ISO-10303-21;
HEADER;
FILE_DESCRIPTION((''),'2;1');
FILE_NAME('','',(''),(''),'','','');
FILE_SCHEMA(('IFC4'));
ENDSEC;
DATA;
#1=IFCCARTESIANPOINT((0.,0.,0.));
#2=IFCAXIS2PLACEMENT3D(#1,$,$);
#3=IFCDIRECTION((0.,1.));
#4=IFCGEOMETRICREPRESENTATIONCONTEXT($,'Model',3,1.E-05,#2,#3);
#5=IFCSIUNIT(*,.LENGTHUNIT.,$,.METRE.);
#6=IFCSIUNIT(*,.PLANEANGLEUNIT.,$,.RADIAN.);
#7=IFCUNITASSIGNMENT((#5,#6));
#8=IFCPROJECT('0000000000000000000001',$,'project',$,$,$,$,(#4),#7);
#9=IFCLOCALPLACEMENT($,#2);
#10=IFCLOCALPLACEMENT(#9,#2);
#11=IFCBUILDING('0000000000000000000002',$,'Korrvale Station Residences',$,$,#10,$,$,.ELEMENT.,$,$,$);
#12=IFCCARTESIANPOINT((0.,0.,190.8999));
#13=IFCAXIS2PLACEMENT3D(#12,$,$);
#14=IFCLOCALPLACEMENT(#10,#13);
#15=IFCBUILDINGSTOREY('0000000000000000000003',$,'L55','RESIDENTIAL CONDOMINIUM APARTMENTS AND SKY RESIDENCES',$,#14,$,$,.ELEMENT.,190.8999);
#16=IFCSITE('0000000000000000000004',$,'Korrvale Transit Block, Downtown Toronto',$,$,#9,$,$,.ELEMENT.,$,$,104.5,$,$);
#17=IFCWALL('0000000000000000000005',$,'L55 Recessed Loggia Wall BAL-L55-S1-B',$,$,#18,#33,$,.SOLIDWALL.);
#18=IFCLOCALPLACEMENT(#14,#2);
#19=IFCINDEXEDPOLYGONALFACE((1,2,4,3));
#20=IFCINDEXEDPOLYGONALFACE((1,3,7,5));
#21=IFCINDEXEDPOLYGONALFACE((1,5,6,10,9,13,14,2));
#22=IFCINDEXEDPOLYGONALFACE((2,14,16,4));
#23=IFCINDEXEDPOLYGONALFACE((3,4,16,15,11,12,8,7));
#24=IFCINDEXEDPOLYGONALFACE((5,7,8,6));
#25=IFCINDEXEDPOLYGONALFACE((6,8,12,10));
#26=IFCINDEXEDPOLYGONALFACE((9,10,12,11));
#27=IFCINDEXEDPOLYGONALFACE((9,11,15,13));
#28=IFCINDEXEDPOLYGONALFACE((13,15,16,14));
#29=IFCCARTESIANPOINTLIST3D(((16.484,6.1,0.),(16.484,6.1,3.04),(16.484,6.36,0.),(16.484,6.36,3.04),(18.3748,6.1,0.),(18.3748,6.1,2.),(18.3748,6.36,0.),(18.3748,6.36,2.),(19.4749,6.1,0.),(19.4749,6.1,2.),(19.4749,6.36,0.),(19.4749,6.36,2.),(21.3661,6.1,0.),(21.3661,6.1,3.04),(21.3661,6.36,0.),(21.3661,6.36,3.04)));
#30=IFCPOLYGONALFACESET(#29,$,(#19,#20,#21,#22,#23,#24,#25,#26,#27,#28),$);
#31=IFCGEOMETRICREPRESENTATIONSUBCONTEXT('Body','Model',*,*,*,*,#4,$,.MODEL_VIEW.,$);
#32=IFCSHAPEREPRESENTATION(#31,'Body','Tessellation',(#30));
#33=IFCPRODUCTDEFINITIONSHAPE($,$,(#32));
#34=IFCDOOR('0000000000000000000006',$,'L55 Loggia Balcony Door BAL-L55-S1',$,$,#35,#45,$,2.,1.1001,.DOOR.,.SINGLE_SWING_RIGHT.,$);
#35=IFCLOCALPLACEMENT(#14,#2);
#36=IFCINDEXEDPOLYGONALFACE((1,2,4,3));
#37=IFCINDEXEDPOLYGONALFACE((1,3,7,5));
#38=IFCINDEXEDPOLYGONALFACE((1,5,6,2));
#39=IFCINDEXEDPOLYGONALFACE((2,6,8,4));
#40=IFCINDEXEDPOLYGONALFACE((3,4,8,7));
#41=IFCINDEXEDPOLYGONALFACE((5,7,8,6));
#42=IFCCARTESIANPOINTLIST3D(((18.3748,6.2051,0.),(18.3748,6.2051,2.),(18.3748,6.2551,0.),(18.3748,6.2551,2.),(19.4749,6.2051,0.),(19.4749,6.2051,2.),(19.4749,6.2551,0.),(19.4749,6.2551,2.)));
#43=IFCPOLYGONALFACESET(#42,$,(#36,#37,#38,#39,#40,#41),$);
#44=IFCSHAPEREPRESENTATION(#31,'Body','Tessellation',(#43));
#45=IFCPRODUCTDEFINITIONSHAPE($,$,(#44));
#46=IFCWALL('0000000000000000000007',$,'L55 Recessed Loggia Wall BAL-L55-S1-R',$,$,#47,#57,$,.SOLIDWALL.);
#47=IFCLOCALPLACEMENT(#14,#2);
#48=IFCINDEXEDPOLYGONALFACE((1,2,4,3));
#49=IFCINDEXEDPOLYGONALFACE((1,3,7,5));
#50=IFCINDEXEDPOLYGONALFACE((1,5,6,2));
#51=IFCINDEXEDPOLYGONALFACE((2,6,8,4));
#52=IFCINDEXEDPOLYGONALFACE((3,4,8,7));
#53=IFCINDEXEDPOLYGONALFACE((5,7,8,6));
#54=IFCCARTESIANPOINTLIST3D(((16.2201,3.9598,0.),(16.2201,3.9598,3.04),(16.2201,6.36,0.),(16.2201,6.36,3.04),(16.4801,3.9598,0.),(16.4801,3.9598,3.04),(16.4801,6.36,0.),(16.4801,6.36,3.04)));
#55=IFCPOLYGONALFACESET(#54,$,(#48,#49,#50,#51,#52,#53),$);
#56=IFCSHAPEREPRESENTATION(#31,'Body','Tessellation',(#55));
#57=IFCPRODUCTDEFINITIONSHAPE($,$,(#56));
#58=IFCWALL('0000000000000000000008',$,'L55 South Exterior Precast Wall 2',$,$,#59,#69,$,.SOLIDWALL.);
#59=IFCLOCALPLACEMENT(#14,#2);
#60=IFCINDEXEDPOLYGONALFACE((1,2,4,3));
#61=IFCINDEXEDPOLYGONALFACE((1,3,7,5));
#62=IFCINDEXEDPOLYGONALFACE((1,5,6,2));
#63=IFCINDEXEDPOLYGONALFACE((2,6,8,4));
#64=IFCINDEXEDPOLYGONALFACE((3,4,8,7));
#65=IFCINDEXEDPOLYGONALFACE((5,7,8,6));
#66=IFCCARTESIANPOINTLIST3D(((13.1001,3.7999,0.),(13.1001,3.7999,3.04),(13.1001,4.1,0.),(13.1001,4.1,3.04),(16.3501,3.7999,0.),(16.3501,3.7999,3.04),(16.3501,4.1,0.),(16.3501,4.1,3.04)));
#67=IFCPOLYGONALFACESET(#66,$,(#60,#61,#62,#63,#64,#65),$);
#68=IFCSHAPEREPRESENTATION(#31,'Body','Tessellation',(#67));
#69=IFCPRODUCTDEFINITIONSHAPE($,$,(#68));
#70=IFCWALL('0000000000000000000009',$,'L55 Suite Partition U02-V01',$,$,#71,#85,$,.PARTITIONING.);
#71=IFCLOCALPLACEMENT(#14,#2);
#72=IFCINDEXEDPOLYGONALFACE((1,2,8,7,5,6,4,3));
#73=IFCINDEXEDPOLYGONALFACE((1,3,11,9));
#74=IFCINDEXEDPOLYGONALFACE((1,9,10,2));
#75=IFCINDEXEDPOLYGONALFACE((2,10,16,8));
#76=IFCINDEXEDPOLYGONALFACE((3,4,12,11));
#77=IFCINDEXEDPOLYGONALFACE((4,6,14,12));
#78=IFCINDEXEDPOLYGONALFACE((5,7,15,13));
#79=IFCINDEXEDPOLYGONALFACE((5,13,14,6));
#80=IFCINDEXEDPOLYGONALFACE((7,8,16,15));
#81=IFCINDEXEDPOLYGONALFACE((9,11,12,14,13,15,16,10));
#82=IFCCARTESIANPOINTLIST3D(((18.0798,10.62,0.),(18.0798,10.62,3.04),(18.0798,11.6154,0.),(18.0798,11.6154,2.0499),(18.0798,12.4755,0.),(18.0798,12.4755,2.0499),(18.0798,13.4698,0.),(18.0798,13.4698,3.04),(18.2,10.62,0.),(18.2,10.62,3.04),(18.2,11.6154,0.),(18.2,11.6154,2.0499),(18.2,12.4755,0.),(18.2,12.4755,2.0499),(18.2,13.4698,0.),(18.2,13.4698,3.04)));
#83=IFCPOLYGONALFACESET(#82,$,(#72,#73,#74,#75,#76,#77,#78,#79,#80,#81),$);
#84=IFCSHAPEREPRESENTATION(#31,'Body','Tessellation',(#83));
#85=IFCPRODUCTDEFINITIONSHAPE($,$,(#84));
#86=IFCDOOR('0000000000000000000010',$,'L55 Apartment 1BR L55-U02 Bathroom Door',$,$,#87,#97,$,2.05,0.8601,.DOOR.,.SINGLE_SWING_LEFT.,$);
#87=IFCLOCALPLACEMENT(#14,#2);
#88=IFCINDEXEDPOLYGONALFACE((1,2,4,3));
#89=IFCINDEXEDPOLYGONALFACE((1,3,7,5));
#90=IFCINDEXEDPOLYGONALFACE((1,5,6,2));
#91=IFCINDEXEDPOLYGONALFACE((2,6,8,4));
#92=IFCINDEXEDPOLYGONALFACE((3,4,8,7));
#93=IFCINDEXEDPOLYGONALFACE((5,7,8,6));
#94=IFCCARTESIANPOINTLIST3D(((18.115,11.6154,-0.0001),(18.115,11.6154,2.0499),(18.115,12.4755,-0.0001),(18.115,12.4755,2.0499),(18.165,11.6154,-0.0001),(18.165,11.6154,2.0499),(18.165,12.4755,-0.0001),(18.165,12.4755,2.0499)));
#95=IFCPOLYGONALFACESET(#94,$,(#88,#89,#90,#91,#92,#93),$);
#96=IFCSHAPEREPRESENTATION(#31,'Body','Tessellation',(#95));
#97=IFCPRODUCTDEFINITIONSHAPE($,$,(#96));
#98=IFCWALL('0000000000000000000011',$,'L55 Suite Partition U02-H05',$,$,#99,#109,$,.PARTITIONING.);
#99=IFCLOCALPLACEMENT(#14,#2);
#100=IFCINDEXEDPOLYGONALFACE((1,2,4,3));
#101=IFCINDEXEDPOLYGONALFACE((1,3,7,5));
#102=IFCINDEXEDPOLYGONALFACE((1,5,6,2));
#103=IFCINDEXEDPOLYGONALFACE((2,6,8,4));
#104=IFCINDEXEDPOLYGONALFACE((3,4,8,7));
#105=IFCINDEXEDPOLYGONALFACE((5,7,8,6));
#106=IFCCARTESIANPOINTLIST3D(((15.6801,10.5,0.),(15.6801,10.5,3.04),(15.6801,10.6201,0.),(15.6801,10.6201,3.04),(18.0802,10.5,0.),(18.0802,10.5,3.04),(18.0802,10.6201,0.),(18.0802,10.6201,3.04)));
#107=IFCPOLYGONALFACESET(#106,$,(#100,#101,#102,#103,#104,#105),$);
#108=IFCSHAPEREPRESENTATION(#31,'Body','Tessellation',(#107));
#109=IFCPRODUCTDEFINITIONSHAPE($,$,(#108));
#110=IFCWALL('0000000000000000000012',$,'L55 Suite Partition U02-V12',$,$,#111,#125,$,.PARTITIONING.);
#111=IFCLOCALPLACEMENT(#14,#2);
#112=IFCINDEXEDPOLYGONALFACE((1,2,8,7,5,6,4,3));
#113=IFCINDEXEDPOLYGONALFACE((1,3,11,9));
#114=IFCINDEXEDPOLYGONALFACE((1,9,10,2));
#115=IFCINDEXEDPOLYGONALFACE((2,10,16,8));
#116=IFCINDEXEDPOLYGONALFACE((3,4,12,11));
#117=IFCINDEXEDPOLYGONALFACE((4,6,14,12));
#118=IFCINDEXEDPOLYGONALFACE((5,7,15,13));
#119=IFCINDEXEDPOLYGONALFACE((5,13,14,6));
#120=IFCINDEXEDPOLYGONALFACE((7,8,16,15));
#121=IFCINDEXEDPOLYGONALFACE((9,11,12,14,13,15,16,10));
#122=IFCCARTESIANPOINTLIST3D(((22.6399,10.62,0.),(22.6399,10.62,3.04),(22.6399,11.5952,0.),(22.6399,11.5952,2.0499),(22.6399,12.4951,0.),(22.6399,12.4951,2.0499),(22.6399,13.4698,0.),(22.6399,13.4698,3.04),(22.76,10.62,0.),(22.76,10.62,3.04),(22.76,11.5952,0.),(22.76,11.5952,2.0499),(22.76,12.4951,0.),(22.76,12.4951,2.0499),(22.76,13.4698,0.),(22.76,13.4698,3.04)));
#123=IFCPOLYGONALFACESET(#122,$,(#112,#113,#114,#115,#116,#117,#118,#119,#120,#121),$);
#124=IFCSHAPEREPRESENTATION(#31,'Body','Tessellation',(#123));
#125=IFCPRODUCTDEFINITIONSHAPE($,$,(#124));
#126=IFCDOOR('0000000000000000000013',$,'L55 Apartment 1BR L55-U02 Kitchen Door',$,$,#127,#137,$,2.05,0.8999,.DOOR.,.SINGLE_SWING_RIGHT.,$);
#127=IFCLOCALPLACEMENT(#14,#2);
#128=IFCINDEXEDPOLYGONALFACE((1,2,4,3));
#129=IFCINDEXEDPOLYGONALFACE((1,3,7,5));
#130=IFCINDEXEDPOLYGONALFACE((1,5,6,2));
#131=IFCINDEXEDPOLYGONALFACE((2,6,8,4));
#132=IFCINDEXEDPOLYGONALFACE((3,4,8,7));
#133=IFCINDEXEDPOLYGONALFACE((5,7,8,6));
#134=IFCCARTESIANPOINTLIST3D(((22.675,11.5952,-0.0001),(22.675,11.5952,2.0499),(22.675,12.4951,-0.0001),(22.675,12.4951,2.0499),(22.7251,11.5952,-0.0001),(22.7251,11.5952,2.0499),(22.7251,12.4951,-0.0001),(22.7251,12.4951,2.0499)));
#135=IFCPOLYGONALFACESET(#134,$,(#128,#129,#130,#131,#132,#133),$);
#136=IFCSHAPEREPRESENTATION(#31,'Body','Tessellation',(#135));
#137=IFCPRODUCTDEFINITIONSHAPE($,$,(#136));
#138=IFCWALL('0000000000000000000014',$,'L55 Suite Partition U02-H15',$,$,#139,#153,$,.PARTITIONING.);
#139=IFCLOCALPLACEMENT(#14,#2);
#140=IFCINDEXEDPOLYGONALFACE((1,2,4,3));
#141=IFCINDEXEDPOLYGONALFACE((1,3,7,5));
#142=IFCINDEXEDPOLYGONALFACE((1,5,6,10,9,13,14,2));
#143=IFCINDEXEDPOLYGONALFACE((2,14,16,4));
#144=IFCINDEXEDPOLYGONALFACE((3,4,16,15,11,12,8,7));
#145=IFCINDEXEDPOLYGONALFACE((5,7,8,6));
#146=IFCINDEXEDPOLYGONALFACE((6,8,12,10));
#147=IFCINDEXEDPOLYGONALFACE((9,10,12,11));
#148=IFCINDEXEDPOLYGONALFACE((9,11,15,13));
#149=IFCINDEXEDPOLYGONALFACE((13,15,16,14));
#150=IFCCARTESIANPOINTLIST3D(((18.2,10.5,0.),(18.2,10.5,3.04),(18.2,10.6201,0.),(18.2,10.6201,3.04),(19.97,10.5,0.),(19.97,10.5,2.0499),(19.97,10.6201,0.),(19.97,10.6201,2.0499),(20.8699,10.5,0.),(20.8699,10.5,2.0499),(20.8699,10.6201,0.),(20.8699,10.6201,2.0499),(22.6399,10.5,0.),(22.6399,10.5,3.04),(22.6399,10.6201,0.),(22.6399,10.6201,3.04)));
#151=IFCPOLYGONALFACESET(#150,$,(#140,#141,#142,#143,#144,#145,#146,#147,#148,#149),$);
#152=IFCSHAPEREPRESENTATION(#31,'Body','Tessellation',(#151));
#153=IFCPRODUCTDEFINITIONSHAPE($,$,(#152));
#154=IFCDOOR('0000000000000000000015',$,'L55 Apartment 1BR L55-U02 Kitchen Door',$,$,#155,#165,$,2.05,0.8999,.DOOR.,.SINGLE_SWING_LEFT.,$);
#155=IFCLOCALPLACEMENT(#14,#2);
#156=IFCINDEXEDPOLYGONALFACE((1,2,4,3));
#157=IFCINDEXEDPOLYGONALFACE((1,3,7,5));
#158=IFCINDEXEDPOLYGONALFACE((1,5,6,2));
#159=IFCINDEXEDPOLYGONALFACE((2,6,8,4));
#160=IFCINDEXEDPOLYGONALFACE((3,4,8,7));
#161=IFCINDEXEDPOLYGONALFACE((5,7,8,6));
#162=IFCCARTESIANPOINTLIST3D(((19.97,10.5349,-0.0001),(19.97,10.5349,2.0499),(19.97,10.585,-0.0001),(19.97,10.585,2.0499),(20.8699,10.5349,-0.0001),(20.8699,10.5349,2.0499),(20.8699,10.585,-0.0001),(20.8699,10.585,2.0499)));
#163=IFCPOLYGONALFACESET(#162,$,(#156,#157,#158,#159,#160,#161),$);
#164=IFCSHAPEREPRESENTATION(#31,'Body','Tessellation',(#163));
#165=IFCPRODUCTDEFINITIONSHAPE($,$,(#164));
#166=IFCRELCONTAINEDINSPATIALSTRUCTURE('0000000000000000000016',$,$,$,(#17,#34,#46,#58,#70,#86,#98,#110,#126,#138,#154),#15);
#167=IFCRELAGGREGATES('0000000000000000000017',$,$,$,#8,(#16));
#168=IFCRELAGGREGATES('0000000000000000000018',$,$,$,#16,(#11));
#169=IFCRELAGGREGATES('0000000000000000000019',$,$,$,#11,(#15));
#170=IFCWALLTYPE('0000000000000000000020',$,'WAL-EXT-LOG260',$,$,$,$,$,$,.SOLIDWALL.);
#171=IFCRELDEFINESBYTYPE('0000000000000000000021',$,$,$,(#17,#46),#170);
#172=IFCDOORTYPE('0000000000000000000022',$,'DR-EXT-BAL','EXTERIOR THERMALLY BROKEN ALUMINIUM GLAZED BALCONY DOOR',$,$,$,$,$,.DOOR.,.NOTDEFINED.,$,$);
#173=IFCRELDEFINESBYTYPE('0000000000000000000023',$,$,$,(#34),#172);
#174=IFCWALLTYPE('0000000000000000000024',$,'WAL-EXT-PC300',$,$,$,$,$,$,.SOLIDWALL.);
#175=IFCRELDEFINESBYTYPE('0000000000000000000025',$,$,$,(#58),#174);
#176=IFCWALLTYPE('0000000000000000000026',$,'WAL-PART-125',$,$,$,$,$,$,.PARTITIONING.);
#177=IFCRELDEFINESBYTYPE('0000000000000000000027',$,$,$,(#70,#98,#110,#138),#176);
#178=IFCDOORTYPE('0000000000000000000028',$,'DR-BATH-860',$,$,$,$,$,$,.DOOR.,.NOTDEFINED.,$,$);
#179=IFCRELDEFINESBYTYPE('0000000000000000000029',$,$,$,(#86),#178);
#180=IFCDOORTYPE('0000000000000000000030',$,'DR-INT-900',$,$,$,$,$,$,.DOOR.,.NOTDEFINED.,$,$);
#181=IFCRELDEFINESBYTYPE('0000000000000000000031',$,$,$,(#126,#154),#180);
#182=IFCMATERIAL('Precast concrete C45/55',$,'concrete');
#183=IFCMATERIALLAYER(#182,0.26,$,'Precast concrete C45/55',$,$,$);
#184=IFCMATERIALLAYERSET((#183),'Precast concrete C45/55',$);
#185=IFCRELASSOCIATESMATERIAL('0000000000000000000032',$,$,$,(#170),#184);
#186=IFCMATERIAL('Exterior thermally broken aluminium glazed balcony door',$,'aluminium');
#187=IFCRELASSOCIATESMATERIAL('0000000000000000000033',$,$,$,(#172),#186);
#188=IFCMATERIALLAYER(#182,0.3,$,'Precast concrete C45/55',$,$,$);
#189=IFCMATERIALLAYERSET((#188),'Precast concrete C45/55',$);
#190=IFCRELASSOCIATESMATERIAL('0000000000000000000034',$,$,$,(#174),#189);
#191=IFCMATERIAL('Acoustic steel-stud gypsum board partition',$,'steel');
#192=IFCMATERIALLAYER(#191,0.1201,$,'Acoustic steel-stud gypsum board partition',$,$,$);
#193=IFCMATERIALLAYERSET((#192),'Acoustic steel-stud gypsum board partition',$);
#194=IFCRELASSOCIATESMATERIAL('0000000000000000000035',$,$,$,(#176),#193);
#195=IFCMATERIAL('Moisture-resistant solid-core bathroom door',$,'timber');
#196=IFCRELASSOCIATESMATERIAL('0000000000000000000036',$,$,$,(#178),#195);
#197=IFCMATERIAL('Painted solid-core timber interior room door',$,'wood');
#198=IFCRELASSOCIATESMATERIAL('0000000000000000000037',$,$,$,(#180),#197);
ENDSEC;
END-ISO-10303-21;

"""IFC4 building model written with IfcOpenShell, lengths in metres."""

from ifc_helpers import new_model, si_unit, direction, frame, frame_2d, origin, place, context, subcontext, project, spatial, rectangle, extrude, material, layer, layer_set, type_object, element, fill, save


model = new_model("IFC4")

# Units and contexts
model_context = context("Model", 3, precision=1e-05, world=origin(), true_north=direction((0.0, 1.0)))
body_context = subcontext(model_context, "Body", "Model", "MODEL_VIEW")
ifc_project = project(units=[si_unit("LENGTHUNIT", "METRE"), si_unit("PLANEANGLEUNIT", "RADIAN")], contexts=[model_context])

# Site, building, storey
site_placement = place(None, origin())
site = spatial("IfcSite", under=ifc_project, at=site_placement, Name="Korrvale Transit Block, Downtown Toronto", CompositionType="ELEMENT", RefElevation=104.5)
building_placement = place(site_placement, origin())
building = spatial("IfcBuilding", under=site, at=building_placement, Name="Korrvale Station Residences", CompositionType="ELEMENT")
storey_placement = place(building_placement, frame((0.0, 0.0, 190.8999)))
storey = spatial("IfcBuildingStorey", under=building, at=storey_placement, Name="L55", Description="RESIDENTIAL CONDOMINIUM APARTMENTS AND SKY RESIDENCES", CompositionType="ELEMENT", Elevation=190.8999)

# Shared definitions
ifc_material_1 = material(Name="Precast concrete C45/55", Category="concrete")
ifc_layer_1 = layer(ifc_material_1, 0.26, Name="Precast concrete C45/55")
ifc_layer_set_1 = layer_set([ifc_layer_1], Name="Precast concrete C45/55")
wall_type_1 = type_object("IfcWallType", Name="WAL-EXT-LOG260", PredefinedType="SOLIDWALL", material=ifc_layer_set_1)

# Wall, opening, door
wall_1_placement = place(storey_placement, frame((21.366, 6.23, 0.0), z_axis=(0.0, 0.0, 1.0), x_axis=(-1.0, 0.0, 0.0)))
wall_1 = element("IfcWall", 1, at=wall_1_placement, inside=storey, type_object=wall_type_1, Name="L55 Recessed Loggia Wall BAL-L55-S1-B", PredefinedType="SOLIDWALL", context=body_context, shape_type="SweptSolid", body=[
    extrude(rectangle(XDim=4.8821, YDim=0.26, at=frame_2d((2.4409, 0.0))), origin(), (0.0, 0.0, 1.0), 3.04),
])
opening_1_placement = place(wall_1_placement, frame((1.8911, 0.0, 0.0)))
opening_1 = element("IfcOpeningElement", 2, at=opening_1_placement, cuts=wall_1, PredefinedType="OPENING", context=body_context, shape_type="SweptSolid", body=[
    extrude(rectangle(XDim=1.1001, YDim=2.0, at=frame_2d((0.55, 1.0))), frame((0.0, 0.1401, 0.0), z_axis=(0.0, -1.0, 0.0), x_axis=(1.0, 0.0, 0.0)), (0.0, 0.0, 1.0), 0.28),
])
ifc_material_2 = material(Name="Exterior thermally broken aluminium glazed balcony door", Category="aluminium")
door_type_1 = type_object("IfcDoorType", Name="DR-EXT-BAL", Description="EXTERIOR THERMALLY BROKEN ALUMINIUM GLAZED BALCONY DOOR", OperationType="NOTDEFINED", PredefinedType="DOOR", material=ifc_material_2)
door_1_placement = place(opening_1_placement, origin())
door_1 = element("IfcDoor", 3, at=door_1_placement, inside=storey, type_object=door_type_1, Name="L55 Loggia Balcony Door BAL-L55-S1", OperationType="SINGLE_SWING_RIGHT", OverallHeight=2.0, OverallWidth=1.1001, PredefinedType="DOOR", context=body_context, shape_type="SweptSolid", body=[
    extrude(rectangle(XDim=1.1001, YDim=2.0, at=frame_2d((0.55, 1.0))), frame((0.0, 0.0249, 0.0), z_axis=(0.0, -1.0, 0.0), x_axis=(1.0, 0.0, 0.0)), (0.0, 0.0, 1.0), 0.05),
])
fill(opening_1, door_1)

# Walls
wall_2_placement = place(storey_placement, frame((16.3501, 6.3601, 0.0), z_axis=(0.0, 0.0, 1.0), x_axis=(0.0, -1.0, 0.0)))
element("IfcWall", 4, at=wall_2_placement, inside=storey, type_object=wall_type_1, Name="L55 Recessed Loggia Wall BAL-L55-S1-R", PredefinedType="SOLIDWALL", context=body_context, shape_type="SweptSolid", body=[
    extrude(rectangle(XDim=2.4001, YDim=0.26, at=frame_2d((1.2002, 0.0))), origin(), (0.0, 0.0, 1.0), 3.04),
])
ifc_layer_2 = layer(ifc_material_1, 0.3, Name="Precast concrete C45/55")
ifc_layer_set_2 = layer_set([ifc_layer_2], Name="Precast concrete C45/55")
wall_type_2 = type_object("IfcWallType", Name="WAL-EXT-PC300", PredefinedType="SOLIDWALL", material=ifc_layer_set_2)
wall_3_placement = place(storey_placement, frame((16.3501, 3.95, 0.0), z_axis=(0.0, 0.0, 1.0), x_axis=(-1.0, 0.0, 0.0)))
element("IfcWall", 5, at=wall_3_placement, inside=storey, type_object=wall_type_2, Name="L55 South Exterior Precast Wall 2", PredefinedType="SOLIDWALL", context=body_context, shape_type="SweptSolid", body=[
    extrude(rectangle(XDim=3.25, YDim=0.3, at=frame_2d((1.625, 0.0))), origin(), (0.0, 0.0, 1.0), 3.04),
])

# Wall, opening, door
ifc_material_3 = material(Name="Acoustic steel-stud gypsum board partition", Category="steel")
ifc_layer_3 = layer(ifc_material_3, 0.1201, Name="Acoustic steel-stud gypsum board partition")
ifc_layer_set_3 = layer_set([ifc_layer_3], Name="Acoustic steel-stud gypsum board partition")
wall_type_3 = type_object("IfcWallType", Name="WAL-PART-125", PredefinedType="PARTITIONING", material=ifc_layer_set_3)
wall_4_placement = place(storey_placement, frame((18.1399, 10.6201, 0.0), z_axis=(0.0, 0.0, 1.0), x_axis=(0.0, 1.0, 0.0)))
wall_4 = element("IfcWall", 6, at=wall_4_placement, inside=storey, type_object=wall_type_3, Name="L55 Suite Partition U02-V01", PredefinedType="PARTITIONING", context=body_context, shape_type="SweptSolid", body=[
    extrude(rectangle(XDim=2.8499, YDim=0.1201, at=frame_2d((1.4248, 0.0))), origin(), (0.0, 0.0, 1.0), 3.04),
])
opening_2_placement = place(wall_4_placement, frame((0.9951, 0.0, 0.0)))
opening_2 = element("IfcOpeningElement", 7, at=opening_2_placement, cuts=wall_4, PredefinedType="OPENING", context=body_context, shape_type="SweptSolid", body=[
    extrude(rectangle(XDim=0.8601, YDim=2.05, at=frame_2d((0.4302, 1.0249))), frame((0.0, 0.0701, 0.0), z_axis=(0.0, -1.0, 0.0), x_axis=(1.0, 0.0, 0.0)), (0.0, 0.0, 1.0), 0.1401),
])
ifc_material_4 = material(Name="Moisture-resistant solid-core bathroom door", Category="timber")
door_type_2 = type_object("IfcDoorType", Name="DR-BATH-860", OperationType="NOTDEFINED", PredefinedType="DOOR", material=ifc_material_4)
door_2_placement = place(opening_2_placement, origin())
door_2 = element("IfcDoor", 8, at=door_2_placement, inside=storey, type_object=door_type_2, Name="L55 Apartment 1BR L55-U02 Bathroom Door", OperationType="SINGLE_SWING_LEFT", OverallHeight=2.05, OverallWidth=0.8601, PredefinedType="DOOR", context=body_context, shape_type="SweptSolid", body=[
    extrude(rectangle(XDim=0.8601, YDim=2.05, at=frame_2d((0.4302, 1.0249))), frame((0.0, 0.0249, 0.0), z_axis=(0.0, -1.0, 0.0), x_axis=(1.0, 0.0, 0.0)), (0.0, 0.0, 1.0), 0.05),
])
fill(opening_2, door_2)

# Wall
wall_5_placement = place(storey_placement, frame((15.6799, 10.5601, 0.0), z_axis=(0.0, 0.0, 1.0), x_axis=(1.0, 0.0, 0.0)))
element("IfcWall", 9, at=wall_5_placement, inside=storey, type_object=wall_type_3, Name="L55 Suite Partition U02-H05", PredefinedType="PARTITIONING", context=body_context, shape_type="SweptSolid", body=[
    extrude(rectangle(XDim=2.4001, YDim=0.1201, at=frame_2d((1.2002, 0.0))), origin(), (0.0, 0.0, 1.0), 3.04),
])

# Walls, openings, doors
wall_6_placement = place(storey_placement, frame((22.7, 10.6201, 0.0), z_axis=(0.0, 0.0, 1.0), x_axis=(0.0, 1.0, 0.0)))
wall_6 = element("IfcWall", 10, at=wall_6_placement, inside=storey, type_object=wall_type_3, Name="L55 Suite Partition U02-V12", PredefinedType="PARTITIONING", context=body_context, shape_type="SweptSolid", body=[
    extrude(rectangle(XDim=2.8499, YDim=0.1201, at=frame_2d((1.4248, 0.0))), origin(), (0.0, 0.0, 1.0), 3.04),
])
opening_3_placement = place(wall_6_placement, frame((0.9751, 0.0, 0.0)))
opening_3 = element("IfcOpeningElement", 11, at=opening_3_placement, cuts=wall_6, PredefinedType="OPENING", context=body_context, shape_type="SweptSolid", body=[
    extrude(rectangle(XDim=0.8999, YDim=2.05, at=frame_2d((0.45, 1.0249))), frame((0.0, 0.0701, 0.0), z_axis=(0.0, -1.0, 0.0), x_axis=(1.0, 0.0, 0.0)), (0.0, 0.0, 1.0), 0.1401),
])
ifc_material_5 = material(Name="Painted solid-core timber interior room door", Category="wood")
door_type_3 = type_object("IfcDoorType", Name="DR-INT-900", OperationType="NOTDEFINED", PredefinedType="DOOR", material=ifc_material_5)
door_3_placement = place(opening_3_placement, origin())
door_3 = element("IfcDoor", 12, at=door_3_placement, inside=storey, type_object=door_type_3, Name="L55 Apartment 1BR L55-U02 Kitchen Door", OperationType="SINGLE_SWING_RIGHT", OverallHeight=2.05, OverallWidth=0.8999, PredefinedType="DOOR", context=body_context, shape_type="SweptSolid", body=[
    extrude(rectangle(XDim=0.8999, YDim=2.05, at=frame_2d((0.45, 1.0249))), frame((0.0, 0.0249, 0.0), z_axis=(0.0, -1.0, 0.0), x_axis=(1.0, 0.0, 0.0)), (0.0, 0.0, 1.0), 0.05),
])
fill(opening_3, door_3)
wall_7_placement = place(storey_placement, frame((18.2, 10.5601, 0.0), z_axis=(0.0, 0.0, 1.0), x_axis=(1.0, 0.0, 0.0)))
wall_7 = element("IfcWall", 13, at=wall_7_placement, inside=storey, type_object=wall_type_3, Name="L55 Suite Partition U02-H15", PredefinedType="PARTITIONING", context=body_context, shape_type="SweptSolid", body=[
    extrude(rectangle(XDim=4.4399, YDim=0.1201, at=frame_2d((2.22, 0.0))), origin(), (0.0, 0.0, 1.0), 3.04),
])
opening_4_placement = place(wall_7_placement, frame((1.77, 0.0, 0.0)))
opening_4 = element("IfcOpeningElement", 14, at=opening_4_placement, cuts=wall_7, PredefinedType="OPENING", context=body_context, shape_type="SweptSolid", body=[
    extrude(rectangle(XDim=0.8999, YDim=2.05, at=frame_2d((0.45, 1.0249))), frame((0.0, 0.0701, 0.0), z_axis=(0.0, -1.0, 0.0), x_axis=(1.0, 0.0, 0.0)), (0.0, 0.0, 1.0), 0.1401),
])
door_4_placement = place(opening_4_placement, origin())
door_4 = element("IfcDoor", 15, at=door_4_placement, inside=storey, type_object=door_type_3, Name="L55 Apartment 1BR L55-U02 Kitchen Door", OperationType="SINGLE_SWING_LEFT", OverallHeight=2.05, OverallWidth=0.8999, PredefinedType="DOOR", context=body_context, shape_type="SweptSolid", body=[
    extrude(rectangle(XDim=0.8999, YDim=2.05, at=frame_2d((0.45, 1.0249))), frame((0.0, 0.0249, 0.0), z_axis=(0.0, -1.0, 0.0), x_axis=(1.0, 0.0, 0.0)), (0.0, 0.0, 1.0), 0.05),
])
fill(opening_4, door_4)

save(model, "model.ifc")
